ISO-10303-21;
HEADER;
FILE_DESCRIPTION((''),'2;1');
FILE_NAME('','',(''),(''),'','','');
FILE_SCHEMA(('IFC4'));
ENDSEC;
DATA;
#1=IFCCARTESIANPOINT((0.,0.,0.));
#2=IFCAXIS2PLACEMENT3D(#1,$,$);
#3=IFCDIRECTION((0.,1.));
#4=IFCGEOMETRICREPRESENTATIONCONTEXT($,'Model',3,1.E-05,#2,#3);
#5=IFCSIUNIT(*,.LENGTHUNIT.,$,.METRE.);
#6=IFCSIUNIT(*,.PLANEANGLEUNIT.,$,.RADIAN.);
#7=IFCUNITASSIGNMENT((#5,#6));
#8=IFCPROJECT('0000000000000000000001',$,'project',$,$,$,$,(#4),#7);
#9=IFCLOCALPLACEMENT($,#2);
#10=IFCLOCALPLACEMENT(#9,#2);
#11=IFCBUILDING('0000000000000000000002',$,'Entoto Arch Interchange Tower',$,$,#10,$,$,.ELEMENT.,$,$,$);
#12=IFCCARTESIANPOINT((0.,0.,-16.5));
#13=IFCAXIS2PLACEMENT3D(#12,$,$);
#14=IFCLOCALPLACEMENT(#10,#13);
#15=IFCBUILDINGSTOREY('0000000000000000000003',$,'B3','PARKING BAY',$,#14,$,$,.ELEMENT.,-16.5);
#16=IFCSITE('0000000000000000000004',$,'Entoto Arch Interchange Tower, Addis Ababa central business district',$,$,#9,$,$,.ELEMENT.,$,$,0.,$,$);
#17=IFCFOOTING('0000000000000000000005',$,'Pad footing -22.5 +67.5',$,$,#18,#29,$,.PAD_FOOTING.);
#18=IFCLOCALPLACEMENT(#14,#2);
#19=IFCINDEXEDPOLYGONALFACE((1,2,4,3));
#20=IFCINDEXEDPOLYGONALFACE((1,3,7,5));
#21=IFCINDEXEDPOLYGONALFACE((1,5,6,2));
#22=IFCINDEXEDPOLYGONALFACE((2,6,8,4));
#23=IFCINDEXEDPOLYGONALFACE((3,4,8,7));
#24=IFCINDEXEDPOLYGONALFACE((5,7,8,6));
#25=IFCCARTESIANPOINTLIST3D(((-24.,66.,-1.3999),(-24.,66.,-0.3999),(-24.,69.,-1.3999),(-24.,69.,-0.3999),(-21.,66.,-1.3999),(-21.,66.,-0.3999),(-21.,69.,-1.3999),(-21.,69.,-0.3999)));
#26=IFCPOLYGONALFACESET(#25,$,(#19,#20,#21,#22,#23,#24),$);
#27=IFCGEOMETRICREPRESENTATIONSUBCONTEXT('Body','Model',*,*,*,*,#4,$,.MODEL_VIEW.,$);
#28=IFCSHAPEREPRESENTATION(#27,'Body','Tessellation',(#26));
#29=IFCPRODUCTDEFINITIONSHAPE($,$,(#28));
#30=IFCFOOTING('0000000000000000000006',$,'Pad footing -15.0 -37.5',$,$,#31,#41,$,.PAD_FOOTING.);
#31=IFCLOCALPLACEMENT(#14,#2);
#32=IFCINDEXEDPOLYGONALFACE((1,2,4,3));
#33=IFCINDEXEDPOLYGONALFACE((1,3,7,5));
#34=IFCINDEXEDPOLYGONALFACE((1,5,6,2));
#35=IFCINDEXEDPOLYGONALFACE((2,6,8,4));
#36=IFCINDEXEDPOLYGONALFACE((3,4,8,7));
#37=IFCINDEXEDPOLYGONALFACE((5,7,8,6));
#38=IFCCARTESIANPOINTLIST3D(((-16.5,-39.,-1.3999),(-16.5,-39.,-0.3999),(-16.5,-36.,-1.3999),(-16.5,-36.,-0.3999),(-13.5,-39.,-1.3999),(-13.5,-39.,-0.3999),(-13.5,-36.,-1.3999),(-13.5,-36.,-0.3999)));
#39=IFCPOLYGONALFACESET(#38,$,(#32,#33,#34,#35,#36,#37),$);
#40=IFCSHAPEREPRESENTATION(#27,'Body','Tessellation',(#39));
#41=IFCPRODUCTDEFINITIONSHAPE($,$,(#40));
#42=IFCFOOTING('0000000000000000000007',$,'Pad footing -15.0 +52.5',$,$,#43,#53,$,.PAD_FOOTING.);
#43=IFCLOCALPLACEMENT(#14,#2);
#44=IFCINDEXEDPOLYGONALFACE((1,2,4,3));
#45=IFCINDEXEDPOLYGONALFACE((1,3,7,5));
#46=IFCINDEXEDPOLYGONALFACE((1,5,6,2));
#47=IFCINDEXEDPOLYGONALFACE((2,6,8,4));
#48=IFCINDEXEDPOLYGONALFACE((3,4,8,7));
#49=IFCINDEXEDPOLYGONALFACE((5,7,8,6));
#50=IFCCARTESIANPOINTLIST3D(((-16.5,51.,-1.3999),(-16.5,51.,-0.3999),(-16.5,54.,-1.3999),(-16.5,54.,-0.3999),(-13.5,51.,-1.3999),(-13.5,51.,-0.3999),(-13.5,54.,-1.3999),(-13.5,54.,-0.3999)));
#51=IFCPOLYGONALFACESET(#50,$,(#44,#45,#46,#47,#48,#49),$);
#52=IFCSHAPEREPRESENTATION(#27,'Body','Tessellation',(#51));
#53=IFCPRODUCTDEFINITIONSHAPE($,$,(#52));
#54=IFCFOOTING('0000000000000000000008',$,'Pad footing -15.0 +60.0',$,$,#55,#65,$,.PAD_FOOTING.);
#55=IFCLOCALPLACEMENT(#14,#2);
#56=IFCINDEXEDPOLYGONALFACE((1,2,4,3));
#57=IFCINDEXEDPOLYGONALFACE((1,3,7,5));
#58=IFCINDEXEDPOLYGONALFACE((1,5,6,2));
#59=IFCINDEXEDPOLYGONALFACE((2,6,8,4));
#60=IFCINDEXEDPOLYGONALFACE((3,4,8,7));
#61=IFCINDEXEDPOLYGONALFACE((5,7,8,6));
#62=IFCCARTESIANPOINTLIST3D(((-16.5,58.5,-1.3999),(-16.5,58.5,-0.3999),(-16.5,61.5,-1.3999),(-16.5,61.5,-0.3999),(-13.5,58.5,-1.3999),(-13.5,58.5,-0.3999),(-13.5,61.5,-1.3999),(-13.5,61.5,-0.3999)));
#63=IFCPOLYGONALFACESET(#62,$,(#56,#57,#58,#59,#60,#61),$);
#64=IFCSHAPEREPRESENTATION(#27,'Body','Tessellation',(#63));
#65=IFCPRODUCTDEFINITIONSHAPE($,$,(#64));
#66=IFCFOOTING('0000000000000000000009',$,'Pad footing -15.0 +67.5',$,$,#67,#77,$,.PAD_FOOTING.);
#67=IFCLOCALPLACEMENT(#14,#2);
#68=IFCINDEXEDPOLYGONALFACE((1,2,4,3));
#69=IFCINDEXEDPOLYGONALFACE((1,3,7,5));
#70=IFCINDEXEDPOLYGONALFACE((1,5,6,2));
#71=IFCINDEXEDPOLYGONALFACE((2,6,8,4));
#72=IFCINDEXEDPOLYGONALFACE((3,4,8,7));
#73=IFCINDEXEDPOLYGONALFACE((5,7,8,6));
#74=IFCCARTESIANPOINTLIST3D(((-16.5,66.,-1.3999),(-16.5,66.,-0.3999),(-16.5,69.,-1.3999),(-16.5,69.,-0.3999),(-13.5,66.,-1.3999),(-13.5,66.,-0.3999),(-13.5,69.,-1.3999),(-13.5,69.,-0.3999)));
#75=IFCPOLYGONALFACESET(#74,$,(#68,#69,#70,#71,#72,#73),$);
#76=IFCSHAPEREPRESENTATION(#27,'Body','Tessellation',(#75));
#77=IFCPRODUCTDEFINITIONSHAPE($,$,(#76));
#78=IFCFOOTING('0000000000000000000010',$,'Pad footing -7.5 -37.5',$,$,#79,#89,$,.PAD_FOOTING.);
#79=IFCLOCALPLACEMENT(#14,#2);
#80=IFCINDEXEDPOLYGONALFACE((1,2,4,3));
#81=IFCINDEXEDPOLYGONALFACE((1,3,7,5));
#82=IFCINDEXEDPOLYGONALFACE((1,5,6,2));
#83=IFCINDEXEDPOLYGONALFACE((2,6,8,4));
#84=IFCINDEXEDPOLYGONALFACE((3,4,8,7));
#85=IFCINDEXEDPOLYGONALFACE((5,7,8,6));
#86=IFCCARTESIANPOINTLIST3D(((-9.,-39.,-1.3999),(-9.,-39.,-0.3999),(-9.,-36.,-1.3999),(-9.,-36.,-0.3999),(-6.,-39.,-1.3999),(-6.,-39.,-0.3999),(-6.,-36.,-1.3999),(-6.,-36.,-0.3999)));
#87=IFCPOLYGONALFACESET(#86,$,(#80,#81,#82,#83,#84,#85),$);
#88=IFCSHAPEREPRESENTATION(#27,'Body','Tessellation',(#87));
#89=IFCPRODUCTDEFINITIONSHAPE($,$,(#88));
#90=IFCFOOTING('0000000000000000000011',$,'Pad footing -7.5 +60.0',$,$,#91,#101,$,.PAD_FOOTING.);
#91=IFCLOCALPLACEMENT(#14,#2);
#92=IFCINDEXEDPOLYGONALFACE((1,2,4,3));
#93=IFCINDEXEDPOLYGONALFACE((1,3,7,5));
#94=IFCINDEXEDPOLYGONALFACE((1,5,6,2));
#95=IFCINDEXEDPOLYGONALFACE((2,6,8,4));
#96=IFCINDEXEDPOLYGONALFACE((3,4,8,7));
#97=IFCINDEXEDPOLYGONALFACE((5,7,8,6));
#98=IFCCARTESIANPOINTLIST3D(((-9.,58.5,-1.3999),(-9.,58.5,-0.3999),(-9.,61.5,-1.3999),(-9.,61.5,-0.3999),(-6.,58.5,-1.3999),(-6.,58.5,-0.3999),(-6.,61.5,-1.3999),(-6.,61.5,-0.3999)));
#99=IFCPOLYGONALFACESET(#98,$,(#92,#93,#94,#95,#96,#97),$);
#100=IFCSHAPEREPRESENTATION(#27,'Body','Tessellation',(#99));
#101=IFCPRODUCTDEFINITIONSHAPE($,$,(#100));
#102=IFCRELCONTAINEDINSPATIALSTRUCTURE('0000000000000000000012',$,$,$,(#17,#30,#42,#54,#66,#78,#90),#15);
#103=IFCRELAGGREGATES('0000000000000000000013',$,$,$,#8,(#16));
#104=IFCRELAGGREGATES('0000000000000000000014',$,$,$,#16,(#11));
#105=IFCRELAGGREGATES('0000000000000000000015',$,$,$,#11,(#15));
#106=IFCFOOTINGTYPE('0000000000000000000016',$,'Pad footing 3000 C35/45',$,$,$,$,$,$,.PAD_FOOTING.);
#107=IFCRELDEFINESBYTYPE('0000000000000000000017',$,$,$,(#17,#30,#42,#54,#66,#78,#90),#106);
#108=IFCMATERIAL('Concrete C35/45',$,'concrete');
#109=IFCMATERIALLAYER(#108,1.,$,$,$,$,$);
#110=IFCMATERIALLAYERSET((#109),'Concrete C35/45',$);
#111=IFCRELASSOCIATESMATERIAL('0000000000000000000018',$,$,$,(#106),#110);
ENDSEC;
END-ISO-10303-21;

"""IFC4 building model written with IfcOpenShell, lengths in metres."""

from ifc_helpers import new_model, si_unit, direction, frame, origin, place, context, subcontext, project, spatial, polyline, outline, extrude, material, layer, layer_set, type_object, element, save


model = new_model("IFC4")

# Units and contexts
model_context = context("Model", 3, precision=1e-05, world=origin(), true_north=direction((0.0, 1.0)))
body_context = subcontext(model_context, "Body", "Model", "MODEL_VIEW")
ifc_project = project(units=[si_unit("LENGTHUNIT", "METRE"), si_unit("PLANEANGLEUNIT", "RADIAN")], contexts=[model_context])

# Site, building, storey
site_placement = place(None, origin())
site = spatial("IfcSite", under=ifc_project, at=site_placement, Name="Entoto Arch Interchange Tower, Addis Ababa central business district", CompositionType="ELEMENT", RefElevation=0.0)
building_placement = place(site_placement, origin())
building = spatial("IfcBuilding", under=site, at=building_placement, Name="Entoto Arch Interchange Tower", CompositionType="ELEMENT")
storey_placement = place(building_placement, frame((0.0, 0.0, -16.5)))
storey = spatial("IfcBuildingStorey", under=building, at=storey_placement, Name="B3", Description="PARKING BAY", CompositionType="ELEMENT", Elevation=-16.5)

# Shared definitions
ifc_material = material(Name="Concrete C35/45", Category="concrete")

# Footings
ifc_layer = layer(ifc_material, 1.0)
ifc_layer_set = layer_set([ifc_layer], Name="Concrete C35/45")
footing_type = type_object("IfcFootingType", Name="Pad footing 3000 C35/45", PredefinedType="PAD_FOOTING", material=ifc_layer_set)
footing_1_placement = place(storey_placement, frame((0.0, 0.0, -1.3999)))
element("IfcFooting", 1, at=footing_1_placement, inside=storey, type_object=footing_type, Name="Pad footing -22.5 +67.5", PredefinedType="PAD_FOOTING", context=body_context, shape_type="SweptSolid", body=[
    extrude(outline(polyline([(-21.0, 66.0), (-21.0, 69.0), (-24.0, 69.0), (-24.0, 66.0), (-21.0, 66.0)])), origin(), (0.0, 0.0, 1.0), 1.0),
])
footing_2_placement = place(storey_placement, frame((0.0, 0.0, -1.3999)))
element("IfcFooting", 2, at=footing_2_placement, inside=storey, type_object=footing_type, Name="Pad footing -15.0 -37.5", PredefinedType="PAD_FOOTING", context=body_context, shape_type="SweptSolid", body=[
    extrude(outline(polyline([(-13.5, -39.0), (-13.5, -36.0), (-16.5, -36.0), (-16.5, -39.0), (-13.5, -39.0)])), origin(), (0.0, 0.0, 1.0), 1.0),
])
footing_3_placement = place(storey_placement, frame((0.0, 0.0, -1.3999)))
element("IfcFooting", 3, at=footing_3_placement, inside=storey, type_object=footing_type, Name="Pad footing -15.0 +52.5", PredefinedType="PAD_FOOTING", context=body_context, shape_type="SweptSolid", body=[
    extrude(outline(polyline([(-13.5, 51.0), (-13.5, 54.0), (-16.5, 54.0), (-16.5, 51.0), (-13.5, 51.0)])), origin(), (0.0, 0.0, 1.0), 1.0),
])
footing_4_placement = place(storey_placement, frame((0.0, 0.0, -1.3999)))
element("IfcFooting", 4, at=footing_4_placement, inside=storey, type_object=footing_type, Name="Pad footing -15.0 +60.0", PredefinedType="PAD_FOOTING", context=body_context, shape_type="SweptSolid", body=[
    extrude(outline(polyline([(-13.5, 58.5), (-13.5, 61.5), (-16.5, 61.5), (-16.5, 58.5), (-13.5, 58.5)])), origin(), (0.0, 0.0, 1.0), 1.0),
])
footing_5_placement = place(storey_placement, frame((0.0, 0.0, -1.3999)))
element("IfcFooting", 5, at=footing_5_placement, inside=storey, type_object=footing_type, Name="Pad footing -15.0 +67.5", PredefinedType="PAD_FOOTING", context=body_context, shape_type="SweptSolid", body=[
    extrude(outline(polyline([(-13.5, 66.0), (-13.5, 69.0), (-16.5, 69.0), (-16.5, 66.0), (-13.5, 66.0)])), origin(), (0.0, 0.0, 1.0), 1.0),
])
footing_6_placement = place(storey_placement, frame((0.0, 0.0, -1.3999)))
element("IfcFooting", 6, at=footing_6_placement, inside=storey, type_object=footing_type, Name="Pad footing -7.5 -37.5", PredefinedType="PAD_FOOTING", context=body_context, shape_type="SweptSolid", body=[
    extrude(outline(polyline([(-6.0, -39.0), (-6.0, -36.0), (-9.0, -36.0), (-9.0, -39.0), (-6.0, -39.0)])), origin(), (0.0, 0.0, 1.0), 1.0),
])
footing_7_placement = place(storey_placement, frame((0.0, 0.0, -1.3999)))
element("IfcFooting", 7, at=footing_7_placement, inside=storey, type_object=footing_type, Name="Pad footing -7.5 +60.0", PredefinedType="PAD_FOOTING", context=body_context, shape_type="SweptSolid", body=[
    extrude(outline(polyline([(-6.0, 58.5), (-6.0, 61.5), (-9.0, 61.5), (-9.0, 58.5), (-6.0, 58.5)])), origin(), (0.0, 0.0, 1.0), 1.0),
])

save(model, "model.ifc")
